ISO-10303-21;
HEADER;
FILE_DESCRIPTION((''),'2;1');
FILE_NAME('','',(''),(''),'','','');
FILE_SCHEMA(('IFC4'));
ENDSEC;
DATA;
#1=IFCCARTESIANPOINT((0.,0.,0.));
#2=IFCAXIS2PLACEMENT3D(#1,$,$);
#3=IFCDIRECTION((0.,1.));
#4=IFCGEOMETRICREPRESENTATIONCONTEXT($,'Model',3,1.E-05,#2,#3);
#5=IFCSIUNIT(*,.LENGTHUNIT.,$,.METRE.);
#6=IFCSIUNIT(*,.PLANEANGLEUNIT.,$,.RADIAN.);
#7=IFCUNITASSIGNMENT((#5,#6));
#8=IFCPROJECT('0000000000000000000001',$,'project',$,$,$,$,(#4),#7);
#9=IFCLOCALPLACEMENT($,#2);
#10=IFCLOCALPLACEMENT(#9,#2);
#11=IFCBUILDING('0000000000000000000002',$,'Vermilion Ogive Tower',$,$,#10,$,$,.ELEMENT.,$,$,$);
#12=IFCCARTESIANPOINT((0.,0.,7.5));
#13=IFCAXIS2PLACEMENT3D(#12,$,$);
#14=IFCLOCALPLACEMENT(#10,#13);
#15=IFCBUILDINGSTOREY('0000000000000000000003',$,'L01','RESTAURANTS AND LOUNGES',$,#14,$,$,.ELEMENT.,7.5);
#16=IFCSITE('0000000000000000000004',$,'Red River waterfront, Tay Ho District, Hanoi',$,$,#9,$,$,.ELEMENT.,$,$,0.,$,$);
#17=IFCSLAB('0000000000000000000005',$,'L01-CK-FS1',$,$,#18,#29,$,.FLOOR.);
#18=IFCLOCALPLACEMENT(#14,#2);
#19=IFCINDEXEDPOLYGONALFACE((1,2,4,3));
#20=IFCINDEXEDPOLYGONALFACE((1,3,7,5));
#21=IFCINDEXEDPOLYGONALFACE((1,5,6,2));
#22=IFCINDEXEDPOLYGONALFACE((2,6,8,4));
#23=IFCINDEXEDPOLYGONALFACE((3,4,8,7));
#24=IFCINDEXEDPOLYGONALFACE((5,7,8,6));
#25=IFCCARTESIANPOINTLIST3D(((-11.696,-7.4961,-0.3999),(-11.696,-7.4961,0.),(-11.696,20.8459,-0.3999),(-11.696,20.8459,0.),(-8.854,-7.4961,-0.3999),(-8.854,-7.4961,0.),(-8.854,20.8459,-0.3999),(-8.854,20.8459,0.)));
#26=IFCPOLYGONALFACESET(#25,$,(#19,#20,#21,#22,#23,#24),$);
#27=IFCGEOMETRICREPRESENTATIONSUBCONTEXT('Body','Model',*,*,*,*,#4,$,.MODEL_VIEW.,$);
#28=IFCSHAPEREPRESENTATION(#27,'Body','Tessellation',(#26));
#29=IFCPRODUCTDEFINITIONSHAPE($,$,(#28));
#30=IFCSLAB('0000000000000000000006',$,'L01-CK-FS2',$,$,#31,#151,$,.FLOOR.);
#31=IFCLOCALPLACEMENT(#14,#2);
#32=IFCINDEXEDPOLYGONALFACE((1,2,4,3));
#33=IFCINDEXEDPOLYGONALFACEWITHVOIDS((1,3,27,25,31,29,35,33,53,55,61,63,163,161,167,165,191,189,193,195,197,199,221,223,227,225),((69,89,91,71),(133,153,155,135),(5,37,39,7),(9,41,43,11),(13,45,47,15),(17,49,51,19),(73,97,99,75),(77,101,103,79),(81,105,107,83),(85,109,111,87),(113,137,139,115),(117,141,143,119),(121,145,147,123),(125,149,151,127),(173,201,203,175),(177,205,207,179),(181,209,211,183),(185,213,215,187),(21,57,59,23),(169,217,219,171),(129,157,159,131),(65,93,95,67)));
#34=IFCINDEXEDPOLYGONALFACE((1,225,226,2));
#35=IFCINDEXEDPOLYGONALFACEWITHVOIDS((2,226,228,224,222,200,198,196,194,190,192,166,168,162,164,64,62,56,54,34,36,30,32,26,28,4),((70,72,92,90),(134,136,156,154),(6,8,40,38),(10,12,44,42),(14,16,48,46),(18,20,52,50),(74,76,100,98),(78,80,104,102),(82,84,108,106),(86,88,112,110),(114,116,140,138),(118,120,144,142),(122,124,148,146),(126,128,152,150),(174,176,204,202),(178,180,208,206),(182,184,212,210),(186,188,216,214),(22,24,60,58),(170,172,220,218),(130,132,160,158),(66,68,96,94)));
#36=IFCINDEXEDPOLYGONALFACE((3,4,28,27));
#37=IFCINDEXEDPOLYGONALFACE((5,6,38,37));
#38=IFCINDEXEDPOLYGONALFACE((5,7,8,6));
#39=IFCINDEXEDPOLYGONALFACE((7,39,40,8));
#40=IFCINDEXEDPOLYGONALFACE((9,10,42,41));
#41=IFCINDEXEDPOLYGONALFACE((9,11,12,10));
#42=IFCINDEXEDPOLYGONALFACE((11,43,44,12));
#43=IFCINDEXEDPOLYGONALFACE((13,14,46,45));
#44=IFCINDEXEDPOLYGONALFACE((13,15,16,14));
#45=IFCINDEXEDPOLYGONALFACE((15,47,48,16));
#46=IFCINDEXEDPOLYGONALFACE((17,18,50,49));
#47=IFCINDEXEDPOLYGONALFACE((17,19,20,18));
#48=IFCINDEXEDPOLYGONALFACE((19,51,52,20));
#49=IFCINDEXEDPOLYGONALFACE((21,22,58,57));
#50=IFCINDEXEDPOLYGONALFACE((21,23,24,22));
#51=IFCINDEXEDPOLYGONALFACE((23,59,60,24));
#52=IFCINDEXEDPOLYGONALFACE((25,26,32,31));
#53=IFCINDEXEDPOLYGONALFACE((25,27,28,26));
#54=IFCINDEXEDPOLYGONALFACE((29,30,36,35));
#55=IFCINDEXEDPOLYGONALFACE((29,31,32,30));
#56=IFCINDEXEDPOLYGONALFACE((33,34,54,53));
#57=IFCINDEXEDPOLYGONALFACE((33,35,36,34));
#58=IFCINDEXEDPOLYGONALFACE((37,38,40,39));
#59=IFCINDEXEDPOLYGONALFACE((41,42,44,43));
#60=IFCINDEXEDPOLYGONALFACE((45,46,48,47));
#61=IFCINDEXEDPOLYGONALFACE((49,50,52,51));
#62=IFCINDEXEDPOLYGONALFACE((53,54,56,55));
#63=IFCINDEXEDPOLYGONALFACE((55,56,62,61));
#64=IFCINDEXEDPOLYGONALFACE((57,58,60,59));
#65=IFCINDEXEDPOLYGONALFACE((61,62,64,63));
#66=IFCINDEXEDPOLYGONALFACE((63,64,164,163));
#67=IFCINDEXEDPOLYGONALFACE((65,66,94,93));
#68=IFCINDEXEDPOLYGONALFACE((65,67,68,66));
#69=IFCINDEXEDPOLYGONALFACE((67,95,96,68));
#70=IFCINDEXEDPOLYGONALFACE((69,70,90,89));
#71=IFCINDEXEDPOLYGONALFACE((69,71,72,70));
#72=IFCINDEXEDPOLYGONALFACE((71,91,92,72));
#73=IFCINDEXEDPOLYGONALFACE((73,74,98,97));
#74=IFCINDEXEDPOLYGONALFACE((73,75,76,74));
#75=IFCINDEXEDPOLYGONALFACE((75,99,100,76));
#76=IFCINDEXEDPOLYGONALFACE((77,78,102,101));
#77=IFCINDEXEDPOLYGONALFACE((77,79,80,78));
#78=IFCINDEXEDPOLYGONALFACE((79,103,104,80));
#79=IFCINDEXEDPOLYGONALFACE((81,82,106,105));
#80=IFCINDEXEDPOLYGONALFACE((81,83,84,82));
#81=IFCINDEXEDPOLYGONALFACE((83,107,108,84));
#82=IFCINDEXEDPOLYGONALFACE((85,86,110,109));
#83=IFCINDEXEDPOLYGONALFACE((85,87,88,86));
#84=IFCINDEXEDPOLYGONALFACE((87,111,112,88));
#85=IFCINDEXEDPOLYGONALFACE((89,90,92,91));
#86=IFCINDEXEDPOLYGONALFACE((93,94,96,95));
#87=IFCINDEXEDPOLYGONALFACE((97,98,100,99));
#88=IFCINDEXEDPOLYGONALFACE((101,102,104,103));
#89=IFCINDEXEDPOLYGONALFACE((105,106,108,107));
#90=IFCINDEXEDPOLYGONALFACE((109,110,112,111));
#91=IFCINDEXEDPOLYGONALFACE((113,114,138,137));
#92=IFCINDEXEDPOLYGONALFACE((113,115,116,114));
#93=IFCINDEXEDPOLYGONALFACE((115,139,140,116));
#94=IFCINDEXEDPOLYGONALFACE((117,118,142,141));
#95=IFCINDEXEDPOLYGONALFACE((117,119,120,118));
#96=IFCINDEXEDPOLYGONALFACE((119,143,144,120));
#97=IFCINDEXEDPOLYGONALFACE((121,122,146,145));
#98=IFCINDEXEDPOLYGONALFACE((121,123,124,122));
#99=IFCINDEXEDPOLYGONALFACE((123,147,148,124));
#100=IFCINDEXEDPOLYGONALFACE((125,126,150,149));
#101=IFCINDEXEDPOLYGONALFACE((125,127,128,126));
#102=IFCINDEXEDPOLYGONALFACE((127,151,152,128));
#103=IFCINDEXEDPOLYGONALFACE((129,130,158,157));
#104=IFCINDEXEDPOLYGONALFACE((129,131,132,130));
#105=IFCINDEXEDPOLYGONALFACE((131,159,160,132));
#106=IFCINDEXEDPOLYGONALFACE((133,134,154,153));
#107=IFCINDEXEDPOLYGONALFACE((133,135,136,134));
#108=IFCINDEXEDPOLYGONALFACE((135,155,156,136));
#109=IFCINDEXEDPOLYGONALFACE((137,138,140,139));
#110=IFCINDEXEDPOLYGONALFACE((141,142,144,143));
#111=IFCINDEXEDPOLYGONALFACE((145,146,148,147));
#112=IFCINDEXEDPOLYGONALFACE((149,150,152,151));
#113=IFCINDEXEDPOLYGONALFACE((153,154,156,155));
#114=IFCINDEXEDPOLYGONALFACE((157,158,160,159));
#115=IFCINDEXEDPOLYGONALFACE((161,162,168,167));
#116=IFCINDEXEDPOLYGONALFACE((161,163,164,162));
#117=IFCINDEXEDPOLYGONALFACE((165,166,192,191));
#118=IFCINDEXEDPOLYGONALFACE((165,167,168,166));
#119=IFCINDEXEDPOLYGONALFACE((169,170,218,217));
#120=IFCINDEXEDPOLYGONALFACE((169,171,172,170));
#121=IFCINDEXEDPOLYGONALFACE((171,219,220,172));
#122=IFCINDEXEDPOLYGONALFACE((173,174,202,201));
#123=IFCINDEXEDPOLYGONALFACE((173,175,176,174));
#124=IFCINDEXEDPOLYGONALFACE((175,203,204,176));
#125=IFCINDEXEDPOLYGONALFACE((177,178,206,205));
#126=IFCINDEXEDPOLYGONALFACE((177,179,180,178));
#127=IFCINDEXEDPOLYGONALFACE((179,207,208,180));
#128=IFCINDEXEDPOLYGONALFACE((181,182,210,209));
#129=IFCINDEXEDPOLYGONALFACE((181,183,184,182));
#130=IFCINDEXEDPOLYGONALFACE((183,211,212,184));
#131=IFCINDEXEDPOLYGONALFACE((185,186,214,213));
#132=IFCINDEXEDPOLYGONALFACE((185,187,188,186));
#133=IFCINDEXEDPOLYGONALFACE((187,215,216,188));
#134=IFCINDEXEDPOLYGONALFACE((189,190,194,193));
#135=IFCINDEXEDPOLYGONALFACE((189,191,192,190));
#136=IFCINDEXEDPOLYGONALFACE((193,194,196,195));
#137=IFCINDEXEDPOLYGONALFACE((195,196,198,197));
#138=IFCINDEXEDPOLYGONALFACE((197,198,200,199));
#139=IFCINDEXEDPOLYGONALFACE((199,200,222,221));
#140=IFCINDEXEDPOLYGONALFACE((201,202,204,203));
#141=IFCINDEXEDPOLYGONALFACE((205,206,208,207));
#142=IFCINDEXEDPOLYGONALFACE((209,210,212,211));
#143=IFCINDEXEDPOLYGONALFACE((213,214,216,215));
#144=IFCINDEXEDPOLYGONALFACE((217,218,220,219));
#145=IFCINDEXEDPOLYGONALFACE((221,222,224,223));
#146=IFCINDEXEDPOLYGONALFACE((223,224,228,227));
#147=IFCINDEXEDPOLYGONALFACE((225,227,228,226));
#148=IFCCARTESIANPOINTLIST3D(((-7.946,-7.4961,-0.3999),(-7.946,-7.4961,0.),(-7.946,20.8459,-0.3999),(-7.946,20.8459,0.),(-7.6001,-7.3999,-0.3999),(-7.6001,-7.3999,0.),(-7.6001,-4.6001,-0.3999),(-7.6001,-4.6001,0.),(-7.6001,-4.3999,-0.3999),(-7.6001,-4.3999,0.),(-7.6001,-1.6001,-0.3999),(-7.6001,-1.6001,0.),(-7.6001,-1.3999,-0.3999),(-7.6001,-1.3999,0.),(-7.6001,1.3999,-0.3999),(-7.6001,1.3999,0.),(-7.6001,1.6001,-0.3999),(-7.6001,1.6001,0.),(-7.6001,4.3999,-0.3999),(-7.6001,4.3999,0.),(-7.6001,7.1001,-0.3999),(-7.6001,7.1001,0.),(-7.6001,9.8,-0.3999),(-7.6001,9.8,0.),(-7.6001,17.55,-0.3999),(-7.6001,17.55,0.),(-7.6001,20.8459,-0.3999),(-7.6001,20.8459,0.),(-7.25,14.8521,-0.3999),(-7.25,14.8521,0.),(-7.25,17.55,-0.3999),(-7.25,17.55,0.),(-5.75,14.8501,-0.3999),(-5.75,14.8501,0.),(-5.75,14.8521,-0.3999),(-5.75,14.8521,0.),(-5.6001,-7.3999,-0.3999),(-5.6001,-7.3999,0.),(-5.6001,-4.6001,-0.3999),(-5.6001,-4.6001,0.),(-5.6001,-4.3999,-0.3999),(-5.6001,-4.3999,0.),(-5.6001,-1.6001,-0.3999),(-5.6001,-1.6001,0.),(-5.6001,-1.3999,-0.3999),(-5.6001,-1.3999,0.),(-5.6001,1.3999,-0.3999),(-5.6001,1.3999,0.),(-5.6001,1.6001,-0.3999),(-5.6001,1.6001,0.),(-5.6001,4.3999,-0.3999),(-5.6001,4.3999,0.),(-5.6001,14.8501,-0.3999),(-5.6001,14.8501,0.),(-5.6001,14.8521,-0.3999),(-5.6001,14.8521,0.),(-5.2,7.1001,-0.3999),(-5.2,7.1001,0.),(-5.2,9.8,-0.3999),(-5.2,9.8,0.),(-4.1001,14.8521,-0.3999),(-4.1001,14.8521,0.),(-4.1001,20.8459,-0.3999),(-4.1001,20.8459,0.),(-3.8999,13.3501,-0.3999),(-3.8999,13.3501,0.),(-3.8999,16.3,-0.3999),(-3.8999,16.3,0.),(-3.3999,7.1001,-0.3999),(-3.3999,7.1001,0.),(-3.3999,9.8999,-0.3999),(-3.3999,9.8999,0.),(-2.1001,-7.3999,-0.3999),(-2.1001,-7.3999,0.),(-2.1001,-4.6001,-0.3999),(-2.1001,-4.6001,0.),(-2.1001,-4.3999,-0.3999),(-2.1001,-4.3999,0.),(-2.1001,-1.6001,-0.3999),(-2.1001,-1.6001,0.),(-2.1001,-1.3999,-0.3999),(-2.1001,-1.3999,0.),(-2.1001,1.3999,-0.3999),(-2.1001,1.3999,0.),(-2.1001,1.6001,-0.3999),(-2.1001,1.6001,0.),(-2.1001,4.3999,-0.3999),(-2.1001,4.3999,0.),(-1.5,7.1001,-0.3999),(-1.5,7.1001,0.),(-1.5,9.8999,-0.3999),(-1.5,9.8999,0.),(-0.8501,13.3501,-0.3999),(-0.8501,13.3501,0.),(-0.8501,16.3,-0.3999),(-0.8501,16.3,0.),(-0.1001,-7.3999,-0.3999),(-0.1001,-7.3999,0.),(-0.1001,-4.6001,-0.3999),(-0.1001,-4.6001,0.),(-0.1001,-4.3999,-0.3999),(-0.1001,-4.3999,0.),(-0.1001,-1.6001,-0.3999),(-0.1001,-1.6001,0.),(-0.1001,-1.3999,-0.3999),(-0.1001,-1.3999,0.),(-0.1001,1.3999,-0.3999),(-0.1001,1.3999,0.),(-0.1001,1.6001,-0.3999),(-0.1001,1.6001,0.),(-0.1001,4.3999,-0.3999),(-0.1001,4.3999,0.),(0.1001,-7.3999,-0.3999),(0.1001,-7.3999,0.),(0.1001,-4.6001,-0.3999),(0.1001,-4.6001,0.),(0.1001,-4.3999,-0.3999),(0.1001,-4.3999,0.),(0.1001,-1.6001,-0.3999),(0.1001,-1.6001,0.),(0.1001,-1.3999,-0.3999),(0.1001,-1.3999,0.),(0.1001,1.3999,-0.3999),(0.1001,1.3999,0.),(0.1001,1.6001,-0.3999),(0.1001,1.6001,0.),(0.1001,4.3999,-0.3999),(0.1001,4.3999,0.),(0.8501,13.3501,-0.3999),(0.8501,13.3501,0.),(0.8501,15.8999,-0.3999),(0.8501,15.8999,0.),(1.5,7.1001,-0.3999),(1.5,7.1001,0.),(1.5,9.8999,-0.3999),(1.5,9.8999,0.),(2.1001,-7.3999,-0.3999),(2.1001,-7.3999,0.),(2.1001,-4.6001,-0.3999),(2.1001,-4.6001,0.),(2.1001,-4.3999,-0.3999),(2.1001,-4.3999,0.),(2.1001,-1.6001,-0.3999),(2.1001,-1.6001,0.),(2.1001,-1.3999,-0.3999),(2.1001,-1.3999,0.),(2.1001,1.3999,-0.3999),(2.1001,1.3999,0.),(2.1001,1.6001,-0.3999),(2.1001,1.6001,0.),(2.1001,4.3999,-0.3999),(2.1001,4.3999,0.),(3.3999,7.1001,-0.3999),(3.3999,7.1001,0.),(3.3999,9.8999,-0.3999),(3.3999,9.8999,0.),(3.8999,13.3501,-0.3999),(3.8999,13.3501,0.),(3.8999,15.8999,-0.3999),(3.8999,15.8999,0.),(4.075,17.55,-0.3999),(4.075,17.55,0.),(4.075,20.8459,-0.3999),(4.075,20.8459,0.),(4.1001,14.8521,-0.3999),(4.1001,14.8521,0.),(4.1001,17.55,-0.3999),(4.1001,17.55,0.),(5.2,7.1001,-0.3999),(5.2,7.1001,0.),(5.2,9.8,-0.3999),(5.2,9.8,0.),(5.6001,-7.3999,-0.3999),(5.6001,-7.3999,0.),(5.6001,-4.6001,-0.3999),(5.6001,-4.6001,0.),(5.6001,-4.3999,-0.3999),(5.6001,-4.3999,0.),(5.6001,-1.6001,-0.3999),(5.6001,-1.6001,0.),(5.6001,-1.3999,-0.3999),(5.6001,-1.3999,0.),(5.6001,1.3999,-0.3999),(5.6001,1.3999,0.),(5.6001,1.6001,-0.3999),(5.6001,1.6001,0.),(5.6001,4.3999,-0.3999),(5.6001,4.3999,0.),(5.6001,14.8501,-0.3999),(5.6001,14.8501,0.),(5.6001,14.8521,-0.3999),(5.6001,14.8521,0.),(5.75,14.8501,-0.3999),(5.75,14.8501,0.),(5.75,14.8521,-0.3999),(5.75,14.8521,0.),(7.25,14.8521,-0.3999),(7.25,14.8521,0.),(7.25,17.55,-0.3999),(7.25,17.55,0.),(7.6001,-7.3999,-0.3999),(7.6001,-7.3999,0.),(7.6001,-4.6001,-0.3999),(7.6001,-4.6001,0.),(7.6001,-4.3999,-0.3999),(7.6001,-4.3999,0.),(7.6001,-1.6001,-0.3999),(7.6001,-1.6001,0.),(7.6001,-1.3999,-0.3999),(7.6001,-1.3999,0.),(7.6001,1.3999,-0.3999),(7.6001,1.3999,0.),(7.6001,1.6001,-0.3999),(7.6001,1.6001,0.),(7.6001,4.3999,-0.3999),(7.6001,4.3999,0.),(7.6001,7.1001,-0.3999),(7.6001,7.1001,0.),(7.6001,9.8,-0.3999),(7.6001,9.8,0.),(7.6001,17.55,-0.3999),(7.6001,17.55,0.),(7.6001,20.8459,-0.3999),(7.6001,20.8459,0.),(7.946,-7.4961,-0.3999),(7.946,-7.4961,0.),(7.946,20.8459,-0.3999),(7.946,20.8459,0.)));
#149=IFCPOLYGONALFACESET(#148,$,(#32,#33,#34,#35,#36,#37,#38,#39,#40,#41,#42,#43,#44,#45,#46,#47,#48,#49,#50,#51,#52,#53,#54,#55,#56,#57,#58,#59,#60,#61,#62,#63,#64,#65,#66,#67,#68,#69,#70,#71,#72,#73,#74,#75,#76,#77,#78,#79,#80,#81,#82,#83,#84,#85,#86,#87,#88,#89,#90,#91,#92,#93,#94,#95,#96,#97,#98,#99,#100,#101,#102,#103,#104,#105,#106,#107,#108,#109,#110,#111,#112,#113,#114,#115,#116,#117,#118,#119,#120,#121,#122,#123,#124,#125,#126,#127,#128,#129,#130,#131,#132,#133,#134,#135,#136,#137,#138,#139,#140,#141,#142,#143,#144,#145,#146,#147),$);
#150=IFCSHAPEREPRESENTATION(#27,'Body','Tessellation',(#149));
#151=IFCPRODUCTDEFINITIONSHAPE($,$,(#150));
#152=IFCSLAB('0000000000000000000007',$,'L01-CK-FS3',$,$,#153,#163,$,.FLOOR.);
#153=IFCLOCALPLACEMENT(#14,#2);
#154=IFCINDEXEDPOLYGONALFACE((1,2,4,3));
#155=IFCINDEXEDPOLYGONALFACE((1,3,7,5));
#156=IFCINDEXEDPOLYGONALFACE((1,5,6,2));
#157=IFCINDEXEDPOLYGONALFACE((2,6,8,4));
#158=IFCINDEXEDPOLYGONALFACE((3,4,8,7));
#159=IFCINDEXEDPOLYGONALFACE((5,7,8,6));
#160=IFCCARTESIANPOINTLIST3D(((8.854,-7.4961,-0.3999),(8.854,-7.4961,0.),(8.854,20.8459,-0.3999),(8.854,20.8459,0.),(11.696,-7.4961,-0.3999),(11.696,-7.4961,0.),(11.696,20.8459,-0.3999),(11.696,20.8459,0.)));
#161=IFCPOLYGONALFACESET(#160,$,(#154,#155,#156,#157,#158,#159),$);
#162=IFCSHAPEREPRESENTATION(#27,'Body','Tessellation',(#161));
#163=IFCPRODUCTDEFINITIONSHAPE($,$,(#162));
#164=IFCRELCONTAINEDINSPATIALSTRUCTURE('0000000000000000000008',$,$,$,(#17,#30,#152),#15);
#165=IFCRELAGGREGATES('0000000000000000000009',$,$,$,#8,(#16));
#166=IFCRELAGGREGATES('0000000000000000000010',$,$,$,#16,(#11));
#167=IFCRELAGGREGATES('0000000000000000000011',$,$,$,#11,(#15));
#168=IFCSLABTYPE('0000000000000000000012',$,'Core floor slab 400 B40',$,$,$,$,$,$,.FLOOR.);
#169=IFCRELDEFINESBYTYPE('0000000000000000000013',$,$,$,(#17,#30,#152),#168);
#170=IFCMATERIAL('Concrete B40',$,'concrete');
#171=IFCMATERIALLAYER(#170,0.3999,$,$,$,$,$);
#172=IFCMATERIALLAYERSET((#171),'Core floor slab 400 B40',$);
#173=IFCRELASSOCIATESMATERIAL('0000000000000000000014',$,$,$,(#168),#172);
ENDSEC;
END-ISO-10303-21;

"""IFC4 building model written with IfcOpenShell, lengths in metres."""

from ifc_helpers import new_model, si_unit, direction, frame, origin, place, context, subcontext, project, spatial, polyline, outline, extrude, material, layer, layer_set, type_object, element, save


model = new_model("IFC4")

# Units and contexts
model_context = context("Model", 3, precision=1e-05, world=origin(), true_north=direction((0.0, 1.0)))
body_context = subcontext(model_context, "Body", "Model", "MODEL_VIEW")
ifc_project = project(units=[si_unit("LENGTHUNIT", "METRE"), si_unit("PLANEANGLEUNIT", "RADIAN")], contexts=[model_context])

# Site, building, storey
site_placement = place(None, origin())
site = spatial("IfcSite", under=ifc_project, at=site_placement, Name="Red River waterfront, Tay Ho District, Hanoi", CompositionType="ELEMENT", RefElevation=0.0)
building_placement = place(site_placement, origin())
building = spatial("IfcBuilding", under=site, at=building_placement, Name="Vermilion Ogive Tower", CompositionType="ELEMENT")
storey_placement = place(building_placement, frame((0.0, 0.0, 7.5)))
storey = spatial("IfcBuildingStorey", under=building, at=storey_placement, Name="L01", Description="RESTAURANTS AND LOUNGES", CompositionType="ELEMENT", Elevation=7.5)

# Slabs
ifc_material_1 = material(Name="Concrete B40", Category="concrete")
ifc_layer_1 = layer(ifc_material_1, 0.3999)
ifc_layer_set_1 = layer_set([ifc_layer_1], Name="Core floor slab 400 B40")
slab_type_1 = type_object("IfcSlabType", Name="Core floor slab 400 B40", PredefinedType="FLOOR", material=ifc_layer_set_1)
slab_1_placement = place(storey_placement, frame((0.0, 0.0, -0.3999)))
element("IfcSlab", 1, at=slab_1_placement, inside=storey, type_object=slab_type_1, Name="L01-CK-FS1", PredefinedType="FLOOR", context=body_context, shape_type="SweptSolid", body=[
    extrude(outline(polyline([(-8.854, -7.4961), (-11.696, -7.4961), (-11.696, 20.8459), (-8.854, 20.8459), (-8.854, -7.4961)])), origin(), (0.0, 0.0, 1.0), 0.3999),
])
slab_2_placement = place(storey_placement, frame((0.0, 0.0, -0.3999)))
element("IfcSlab", 2, at=slab_2_placement, inside=storey, type_object=slab_type_1, Name="L01-CK-FS2", PredefinedType="FLOOR", context=body_context, shape_type="SweptSolid", body=[
    extrude(outline(polyline([(5.75, 14.8501), (5.6001, 14.8501), (5.6001, 14.8521), (4.1001, 14.8521), (4.1001, 17.55), (4.075, 17.55), (4.075, 20.8459), (-4.1001, 20.8459), (-4.1001, 14.8521), (-5.6001, 14.8521), (-5.6001, 14.8501), (-5.75, 14.8501), (-5.75, 14.8521), (-7.25, 14.8521), (-7.25, 17.55), (-7.6001, 17.55), (-7.6001, 20.8459), (-7.946, 20.8459), (-7.946, -7.4961), (7.946, -7.4961), (7.946, 20.8459), (7.6001, 20.8459), (7.6001, 17.55), (7.25, 17.55), (7.25, 14.8521), (5.75, 14.8521), (5.75, 14.8501)]), holes=[polyline([(-5.6001, -4.6001), (-5.6001, -7.3999), (-7.6001, -7.3999), (-7.6001, -4.6001), (-5.6001, -4.6001)]), polyline([(-2.1001, -4.6001), (-0.1001, -4.6001), (-0.1001, -7.3999), (-2.1001, -7.3999), (-2.1001, -4.6001)]), polyline([(-7.6001, -1.6001), (-5.6001, -1.6001), (-5.6001, -4.3999), (-7.6001, -4.3999), (-7.6001, -1.6001)]), polyline([(-2.1001, -1.6001), (-0.1001, -1.6001), (-0.1001, -4.3999), (-2.1001, -4.3999), (-2.1001, -1.6001)]), polyline([(-7.6001, 1.3999), (-5.6001, 1.3999), (-5.6001, -1.3999), (-7.6001, -1.3999), (-7.6001, 1.3999)]), polyline([(-2.1001, 1.3999), (-0.1001, 1.3999), (-0.1001, -1.3999), (-2.1001, -1.3999), (-2.1001, 1.3999)]), polyline([(-2.1001, 4.3999), (-0.1001, 4.3999), (-0.1001, 1.6001), (-2.1001, 1.6001), (-2.1001, 4.3999)]), polyline([(-5.6001, 4.3999), (-5.6001, 1.6001), (-7.6001, 1.6001), (-7.6001, 4.3999), (-5.6001, 4.3999)]), polyline([(-5.2, 9.8), (-5.2, 7.1001), (-7.6001, 7.1001), (-7.6001, 9.8), (-5.2, 9.8)]), polyline([(-3.3999, 9.8999), (-1.5, 9.8999), (-1.5, 7.1001), (-3.3999, 7.1001), (-3.3999, 9.8999)]), polyline([(-3.8999, 16.3), (-0.8501, 16.3), (-0.8501, 13.3501), (-3.8999, 13.3501), (-3.8999, 16.3)]), polyline([(7.6001, -4.6001), (7.6001, -7.3999), (5.6001, -7.3999), (5.6001, -4.6001), (7.6001, -4.6001)]), polyline([(0.1001, -4.6001), (2.1001, -4.6001), (2.1001, -7.3999), (0.1001, -7.3999), (0.1001, -4.6001)]), polyline([(5.6001, -1.6001), (7.6001, -1.6001), (7.6001, -4.3999), (5.6001, -4.3999), (5.6001, -1.6001)]), polyline([(0.1001, -1.6001), (2.1001, -1.6001), (2.1001, -4.3999), (0.1001, -4.3999), (0.1001, -1.6001)]), polyline([(5.6001, 1.3999), (7.6001, 1.3999), (7.6001, -1.3999), (5.6001, -1.3999), (5.6001, 1.3999)]), polyline([(0.1001, 1.3999), (2.1001, 1.3999), (2.1001, -1.3999), (0.1001, -1.3999), (0.1001, 1.3999)]), polyline([(5.6001, 4.3999), (7.6001, 4.3999), (7.6001, 1.6001), (5.6001, 1.6001), (5.6001, 4.3999)]), polyline([(2.1001, 4.3999), (2.1001, 1.6001), (0.1001, 1.6001), (0.1001, 4.3999), (2.1001, 4.3999)]), polyline([(7.6001, 9.8), (7.6001, 7.1001), (5.2, 7.1001), (5.2, 9.8), (7.6001, 9.8)]), polyline([(1.5, 9.8999), (3.3999, 9.8999), (3.3999, 7.1001), (1.5, 7.1001), (1.5, 9.8999)]), polyline([(0.8501, 15.8999), (3.8999, 15.8999), (3.8999, 13.3501), (0.8501, 13.3501), (0.8501, 15.8999)])]), origin(), (0.0, 0.0, 1.0), 0.3999),
])
slab_3_placement = place(storey_placement, frame((0.0, 0.0, -0.3999)))
element("IfcSlab", 3, at=slab_3_placement, inside=storey, type_object=slab_type_1, Name="L01-CK-FS3", PredefinedType="FLOOR", context=body_context, shape_type="SweptSolid", body=[
    extrude(outline(polyline([(8.854, 20.8459), (11.696, 20.8459), (11.696, -7.4961), (8.854, -7.4961), (8.854, 20.8459)])), origin(), (0.0, 0.0, 1.0), 0.3999),
])

save(model, "model.ifc")
